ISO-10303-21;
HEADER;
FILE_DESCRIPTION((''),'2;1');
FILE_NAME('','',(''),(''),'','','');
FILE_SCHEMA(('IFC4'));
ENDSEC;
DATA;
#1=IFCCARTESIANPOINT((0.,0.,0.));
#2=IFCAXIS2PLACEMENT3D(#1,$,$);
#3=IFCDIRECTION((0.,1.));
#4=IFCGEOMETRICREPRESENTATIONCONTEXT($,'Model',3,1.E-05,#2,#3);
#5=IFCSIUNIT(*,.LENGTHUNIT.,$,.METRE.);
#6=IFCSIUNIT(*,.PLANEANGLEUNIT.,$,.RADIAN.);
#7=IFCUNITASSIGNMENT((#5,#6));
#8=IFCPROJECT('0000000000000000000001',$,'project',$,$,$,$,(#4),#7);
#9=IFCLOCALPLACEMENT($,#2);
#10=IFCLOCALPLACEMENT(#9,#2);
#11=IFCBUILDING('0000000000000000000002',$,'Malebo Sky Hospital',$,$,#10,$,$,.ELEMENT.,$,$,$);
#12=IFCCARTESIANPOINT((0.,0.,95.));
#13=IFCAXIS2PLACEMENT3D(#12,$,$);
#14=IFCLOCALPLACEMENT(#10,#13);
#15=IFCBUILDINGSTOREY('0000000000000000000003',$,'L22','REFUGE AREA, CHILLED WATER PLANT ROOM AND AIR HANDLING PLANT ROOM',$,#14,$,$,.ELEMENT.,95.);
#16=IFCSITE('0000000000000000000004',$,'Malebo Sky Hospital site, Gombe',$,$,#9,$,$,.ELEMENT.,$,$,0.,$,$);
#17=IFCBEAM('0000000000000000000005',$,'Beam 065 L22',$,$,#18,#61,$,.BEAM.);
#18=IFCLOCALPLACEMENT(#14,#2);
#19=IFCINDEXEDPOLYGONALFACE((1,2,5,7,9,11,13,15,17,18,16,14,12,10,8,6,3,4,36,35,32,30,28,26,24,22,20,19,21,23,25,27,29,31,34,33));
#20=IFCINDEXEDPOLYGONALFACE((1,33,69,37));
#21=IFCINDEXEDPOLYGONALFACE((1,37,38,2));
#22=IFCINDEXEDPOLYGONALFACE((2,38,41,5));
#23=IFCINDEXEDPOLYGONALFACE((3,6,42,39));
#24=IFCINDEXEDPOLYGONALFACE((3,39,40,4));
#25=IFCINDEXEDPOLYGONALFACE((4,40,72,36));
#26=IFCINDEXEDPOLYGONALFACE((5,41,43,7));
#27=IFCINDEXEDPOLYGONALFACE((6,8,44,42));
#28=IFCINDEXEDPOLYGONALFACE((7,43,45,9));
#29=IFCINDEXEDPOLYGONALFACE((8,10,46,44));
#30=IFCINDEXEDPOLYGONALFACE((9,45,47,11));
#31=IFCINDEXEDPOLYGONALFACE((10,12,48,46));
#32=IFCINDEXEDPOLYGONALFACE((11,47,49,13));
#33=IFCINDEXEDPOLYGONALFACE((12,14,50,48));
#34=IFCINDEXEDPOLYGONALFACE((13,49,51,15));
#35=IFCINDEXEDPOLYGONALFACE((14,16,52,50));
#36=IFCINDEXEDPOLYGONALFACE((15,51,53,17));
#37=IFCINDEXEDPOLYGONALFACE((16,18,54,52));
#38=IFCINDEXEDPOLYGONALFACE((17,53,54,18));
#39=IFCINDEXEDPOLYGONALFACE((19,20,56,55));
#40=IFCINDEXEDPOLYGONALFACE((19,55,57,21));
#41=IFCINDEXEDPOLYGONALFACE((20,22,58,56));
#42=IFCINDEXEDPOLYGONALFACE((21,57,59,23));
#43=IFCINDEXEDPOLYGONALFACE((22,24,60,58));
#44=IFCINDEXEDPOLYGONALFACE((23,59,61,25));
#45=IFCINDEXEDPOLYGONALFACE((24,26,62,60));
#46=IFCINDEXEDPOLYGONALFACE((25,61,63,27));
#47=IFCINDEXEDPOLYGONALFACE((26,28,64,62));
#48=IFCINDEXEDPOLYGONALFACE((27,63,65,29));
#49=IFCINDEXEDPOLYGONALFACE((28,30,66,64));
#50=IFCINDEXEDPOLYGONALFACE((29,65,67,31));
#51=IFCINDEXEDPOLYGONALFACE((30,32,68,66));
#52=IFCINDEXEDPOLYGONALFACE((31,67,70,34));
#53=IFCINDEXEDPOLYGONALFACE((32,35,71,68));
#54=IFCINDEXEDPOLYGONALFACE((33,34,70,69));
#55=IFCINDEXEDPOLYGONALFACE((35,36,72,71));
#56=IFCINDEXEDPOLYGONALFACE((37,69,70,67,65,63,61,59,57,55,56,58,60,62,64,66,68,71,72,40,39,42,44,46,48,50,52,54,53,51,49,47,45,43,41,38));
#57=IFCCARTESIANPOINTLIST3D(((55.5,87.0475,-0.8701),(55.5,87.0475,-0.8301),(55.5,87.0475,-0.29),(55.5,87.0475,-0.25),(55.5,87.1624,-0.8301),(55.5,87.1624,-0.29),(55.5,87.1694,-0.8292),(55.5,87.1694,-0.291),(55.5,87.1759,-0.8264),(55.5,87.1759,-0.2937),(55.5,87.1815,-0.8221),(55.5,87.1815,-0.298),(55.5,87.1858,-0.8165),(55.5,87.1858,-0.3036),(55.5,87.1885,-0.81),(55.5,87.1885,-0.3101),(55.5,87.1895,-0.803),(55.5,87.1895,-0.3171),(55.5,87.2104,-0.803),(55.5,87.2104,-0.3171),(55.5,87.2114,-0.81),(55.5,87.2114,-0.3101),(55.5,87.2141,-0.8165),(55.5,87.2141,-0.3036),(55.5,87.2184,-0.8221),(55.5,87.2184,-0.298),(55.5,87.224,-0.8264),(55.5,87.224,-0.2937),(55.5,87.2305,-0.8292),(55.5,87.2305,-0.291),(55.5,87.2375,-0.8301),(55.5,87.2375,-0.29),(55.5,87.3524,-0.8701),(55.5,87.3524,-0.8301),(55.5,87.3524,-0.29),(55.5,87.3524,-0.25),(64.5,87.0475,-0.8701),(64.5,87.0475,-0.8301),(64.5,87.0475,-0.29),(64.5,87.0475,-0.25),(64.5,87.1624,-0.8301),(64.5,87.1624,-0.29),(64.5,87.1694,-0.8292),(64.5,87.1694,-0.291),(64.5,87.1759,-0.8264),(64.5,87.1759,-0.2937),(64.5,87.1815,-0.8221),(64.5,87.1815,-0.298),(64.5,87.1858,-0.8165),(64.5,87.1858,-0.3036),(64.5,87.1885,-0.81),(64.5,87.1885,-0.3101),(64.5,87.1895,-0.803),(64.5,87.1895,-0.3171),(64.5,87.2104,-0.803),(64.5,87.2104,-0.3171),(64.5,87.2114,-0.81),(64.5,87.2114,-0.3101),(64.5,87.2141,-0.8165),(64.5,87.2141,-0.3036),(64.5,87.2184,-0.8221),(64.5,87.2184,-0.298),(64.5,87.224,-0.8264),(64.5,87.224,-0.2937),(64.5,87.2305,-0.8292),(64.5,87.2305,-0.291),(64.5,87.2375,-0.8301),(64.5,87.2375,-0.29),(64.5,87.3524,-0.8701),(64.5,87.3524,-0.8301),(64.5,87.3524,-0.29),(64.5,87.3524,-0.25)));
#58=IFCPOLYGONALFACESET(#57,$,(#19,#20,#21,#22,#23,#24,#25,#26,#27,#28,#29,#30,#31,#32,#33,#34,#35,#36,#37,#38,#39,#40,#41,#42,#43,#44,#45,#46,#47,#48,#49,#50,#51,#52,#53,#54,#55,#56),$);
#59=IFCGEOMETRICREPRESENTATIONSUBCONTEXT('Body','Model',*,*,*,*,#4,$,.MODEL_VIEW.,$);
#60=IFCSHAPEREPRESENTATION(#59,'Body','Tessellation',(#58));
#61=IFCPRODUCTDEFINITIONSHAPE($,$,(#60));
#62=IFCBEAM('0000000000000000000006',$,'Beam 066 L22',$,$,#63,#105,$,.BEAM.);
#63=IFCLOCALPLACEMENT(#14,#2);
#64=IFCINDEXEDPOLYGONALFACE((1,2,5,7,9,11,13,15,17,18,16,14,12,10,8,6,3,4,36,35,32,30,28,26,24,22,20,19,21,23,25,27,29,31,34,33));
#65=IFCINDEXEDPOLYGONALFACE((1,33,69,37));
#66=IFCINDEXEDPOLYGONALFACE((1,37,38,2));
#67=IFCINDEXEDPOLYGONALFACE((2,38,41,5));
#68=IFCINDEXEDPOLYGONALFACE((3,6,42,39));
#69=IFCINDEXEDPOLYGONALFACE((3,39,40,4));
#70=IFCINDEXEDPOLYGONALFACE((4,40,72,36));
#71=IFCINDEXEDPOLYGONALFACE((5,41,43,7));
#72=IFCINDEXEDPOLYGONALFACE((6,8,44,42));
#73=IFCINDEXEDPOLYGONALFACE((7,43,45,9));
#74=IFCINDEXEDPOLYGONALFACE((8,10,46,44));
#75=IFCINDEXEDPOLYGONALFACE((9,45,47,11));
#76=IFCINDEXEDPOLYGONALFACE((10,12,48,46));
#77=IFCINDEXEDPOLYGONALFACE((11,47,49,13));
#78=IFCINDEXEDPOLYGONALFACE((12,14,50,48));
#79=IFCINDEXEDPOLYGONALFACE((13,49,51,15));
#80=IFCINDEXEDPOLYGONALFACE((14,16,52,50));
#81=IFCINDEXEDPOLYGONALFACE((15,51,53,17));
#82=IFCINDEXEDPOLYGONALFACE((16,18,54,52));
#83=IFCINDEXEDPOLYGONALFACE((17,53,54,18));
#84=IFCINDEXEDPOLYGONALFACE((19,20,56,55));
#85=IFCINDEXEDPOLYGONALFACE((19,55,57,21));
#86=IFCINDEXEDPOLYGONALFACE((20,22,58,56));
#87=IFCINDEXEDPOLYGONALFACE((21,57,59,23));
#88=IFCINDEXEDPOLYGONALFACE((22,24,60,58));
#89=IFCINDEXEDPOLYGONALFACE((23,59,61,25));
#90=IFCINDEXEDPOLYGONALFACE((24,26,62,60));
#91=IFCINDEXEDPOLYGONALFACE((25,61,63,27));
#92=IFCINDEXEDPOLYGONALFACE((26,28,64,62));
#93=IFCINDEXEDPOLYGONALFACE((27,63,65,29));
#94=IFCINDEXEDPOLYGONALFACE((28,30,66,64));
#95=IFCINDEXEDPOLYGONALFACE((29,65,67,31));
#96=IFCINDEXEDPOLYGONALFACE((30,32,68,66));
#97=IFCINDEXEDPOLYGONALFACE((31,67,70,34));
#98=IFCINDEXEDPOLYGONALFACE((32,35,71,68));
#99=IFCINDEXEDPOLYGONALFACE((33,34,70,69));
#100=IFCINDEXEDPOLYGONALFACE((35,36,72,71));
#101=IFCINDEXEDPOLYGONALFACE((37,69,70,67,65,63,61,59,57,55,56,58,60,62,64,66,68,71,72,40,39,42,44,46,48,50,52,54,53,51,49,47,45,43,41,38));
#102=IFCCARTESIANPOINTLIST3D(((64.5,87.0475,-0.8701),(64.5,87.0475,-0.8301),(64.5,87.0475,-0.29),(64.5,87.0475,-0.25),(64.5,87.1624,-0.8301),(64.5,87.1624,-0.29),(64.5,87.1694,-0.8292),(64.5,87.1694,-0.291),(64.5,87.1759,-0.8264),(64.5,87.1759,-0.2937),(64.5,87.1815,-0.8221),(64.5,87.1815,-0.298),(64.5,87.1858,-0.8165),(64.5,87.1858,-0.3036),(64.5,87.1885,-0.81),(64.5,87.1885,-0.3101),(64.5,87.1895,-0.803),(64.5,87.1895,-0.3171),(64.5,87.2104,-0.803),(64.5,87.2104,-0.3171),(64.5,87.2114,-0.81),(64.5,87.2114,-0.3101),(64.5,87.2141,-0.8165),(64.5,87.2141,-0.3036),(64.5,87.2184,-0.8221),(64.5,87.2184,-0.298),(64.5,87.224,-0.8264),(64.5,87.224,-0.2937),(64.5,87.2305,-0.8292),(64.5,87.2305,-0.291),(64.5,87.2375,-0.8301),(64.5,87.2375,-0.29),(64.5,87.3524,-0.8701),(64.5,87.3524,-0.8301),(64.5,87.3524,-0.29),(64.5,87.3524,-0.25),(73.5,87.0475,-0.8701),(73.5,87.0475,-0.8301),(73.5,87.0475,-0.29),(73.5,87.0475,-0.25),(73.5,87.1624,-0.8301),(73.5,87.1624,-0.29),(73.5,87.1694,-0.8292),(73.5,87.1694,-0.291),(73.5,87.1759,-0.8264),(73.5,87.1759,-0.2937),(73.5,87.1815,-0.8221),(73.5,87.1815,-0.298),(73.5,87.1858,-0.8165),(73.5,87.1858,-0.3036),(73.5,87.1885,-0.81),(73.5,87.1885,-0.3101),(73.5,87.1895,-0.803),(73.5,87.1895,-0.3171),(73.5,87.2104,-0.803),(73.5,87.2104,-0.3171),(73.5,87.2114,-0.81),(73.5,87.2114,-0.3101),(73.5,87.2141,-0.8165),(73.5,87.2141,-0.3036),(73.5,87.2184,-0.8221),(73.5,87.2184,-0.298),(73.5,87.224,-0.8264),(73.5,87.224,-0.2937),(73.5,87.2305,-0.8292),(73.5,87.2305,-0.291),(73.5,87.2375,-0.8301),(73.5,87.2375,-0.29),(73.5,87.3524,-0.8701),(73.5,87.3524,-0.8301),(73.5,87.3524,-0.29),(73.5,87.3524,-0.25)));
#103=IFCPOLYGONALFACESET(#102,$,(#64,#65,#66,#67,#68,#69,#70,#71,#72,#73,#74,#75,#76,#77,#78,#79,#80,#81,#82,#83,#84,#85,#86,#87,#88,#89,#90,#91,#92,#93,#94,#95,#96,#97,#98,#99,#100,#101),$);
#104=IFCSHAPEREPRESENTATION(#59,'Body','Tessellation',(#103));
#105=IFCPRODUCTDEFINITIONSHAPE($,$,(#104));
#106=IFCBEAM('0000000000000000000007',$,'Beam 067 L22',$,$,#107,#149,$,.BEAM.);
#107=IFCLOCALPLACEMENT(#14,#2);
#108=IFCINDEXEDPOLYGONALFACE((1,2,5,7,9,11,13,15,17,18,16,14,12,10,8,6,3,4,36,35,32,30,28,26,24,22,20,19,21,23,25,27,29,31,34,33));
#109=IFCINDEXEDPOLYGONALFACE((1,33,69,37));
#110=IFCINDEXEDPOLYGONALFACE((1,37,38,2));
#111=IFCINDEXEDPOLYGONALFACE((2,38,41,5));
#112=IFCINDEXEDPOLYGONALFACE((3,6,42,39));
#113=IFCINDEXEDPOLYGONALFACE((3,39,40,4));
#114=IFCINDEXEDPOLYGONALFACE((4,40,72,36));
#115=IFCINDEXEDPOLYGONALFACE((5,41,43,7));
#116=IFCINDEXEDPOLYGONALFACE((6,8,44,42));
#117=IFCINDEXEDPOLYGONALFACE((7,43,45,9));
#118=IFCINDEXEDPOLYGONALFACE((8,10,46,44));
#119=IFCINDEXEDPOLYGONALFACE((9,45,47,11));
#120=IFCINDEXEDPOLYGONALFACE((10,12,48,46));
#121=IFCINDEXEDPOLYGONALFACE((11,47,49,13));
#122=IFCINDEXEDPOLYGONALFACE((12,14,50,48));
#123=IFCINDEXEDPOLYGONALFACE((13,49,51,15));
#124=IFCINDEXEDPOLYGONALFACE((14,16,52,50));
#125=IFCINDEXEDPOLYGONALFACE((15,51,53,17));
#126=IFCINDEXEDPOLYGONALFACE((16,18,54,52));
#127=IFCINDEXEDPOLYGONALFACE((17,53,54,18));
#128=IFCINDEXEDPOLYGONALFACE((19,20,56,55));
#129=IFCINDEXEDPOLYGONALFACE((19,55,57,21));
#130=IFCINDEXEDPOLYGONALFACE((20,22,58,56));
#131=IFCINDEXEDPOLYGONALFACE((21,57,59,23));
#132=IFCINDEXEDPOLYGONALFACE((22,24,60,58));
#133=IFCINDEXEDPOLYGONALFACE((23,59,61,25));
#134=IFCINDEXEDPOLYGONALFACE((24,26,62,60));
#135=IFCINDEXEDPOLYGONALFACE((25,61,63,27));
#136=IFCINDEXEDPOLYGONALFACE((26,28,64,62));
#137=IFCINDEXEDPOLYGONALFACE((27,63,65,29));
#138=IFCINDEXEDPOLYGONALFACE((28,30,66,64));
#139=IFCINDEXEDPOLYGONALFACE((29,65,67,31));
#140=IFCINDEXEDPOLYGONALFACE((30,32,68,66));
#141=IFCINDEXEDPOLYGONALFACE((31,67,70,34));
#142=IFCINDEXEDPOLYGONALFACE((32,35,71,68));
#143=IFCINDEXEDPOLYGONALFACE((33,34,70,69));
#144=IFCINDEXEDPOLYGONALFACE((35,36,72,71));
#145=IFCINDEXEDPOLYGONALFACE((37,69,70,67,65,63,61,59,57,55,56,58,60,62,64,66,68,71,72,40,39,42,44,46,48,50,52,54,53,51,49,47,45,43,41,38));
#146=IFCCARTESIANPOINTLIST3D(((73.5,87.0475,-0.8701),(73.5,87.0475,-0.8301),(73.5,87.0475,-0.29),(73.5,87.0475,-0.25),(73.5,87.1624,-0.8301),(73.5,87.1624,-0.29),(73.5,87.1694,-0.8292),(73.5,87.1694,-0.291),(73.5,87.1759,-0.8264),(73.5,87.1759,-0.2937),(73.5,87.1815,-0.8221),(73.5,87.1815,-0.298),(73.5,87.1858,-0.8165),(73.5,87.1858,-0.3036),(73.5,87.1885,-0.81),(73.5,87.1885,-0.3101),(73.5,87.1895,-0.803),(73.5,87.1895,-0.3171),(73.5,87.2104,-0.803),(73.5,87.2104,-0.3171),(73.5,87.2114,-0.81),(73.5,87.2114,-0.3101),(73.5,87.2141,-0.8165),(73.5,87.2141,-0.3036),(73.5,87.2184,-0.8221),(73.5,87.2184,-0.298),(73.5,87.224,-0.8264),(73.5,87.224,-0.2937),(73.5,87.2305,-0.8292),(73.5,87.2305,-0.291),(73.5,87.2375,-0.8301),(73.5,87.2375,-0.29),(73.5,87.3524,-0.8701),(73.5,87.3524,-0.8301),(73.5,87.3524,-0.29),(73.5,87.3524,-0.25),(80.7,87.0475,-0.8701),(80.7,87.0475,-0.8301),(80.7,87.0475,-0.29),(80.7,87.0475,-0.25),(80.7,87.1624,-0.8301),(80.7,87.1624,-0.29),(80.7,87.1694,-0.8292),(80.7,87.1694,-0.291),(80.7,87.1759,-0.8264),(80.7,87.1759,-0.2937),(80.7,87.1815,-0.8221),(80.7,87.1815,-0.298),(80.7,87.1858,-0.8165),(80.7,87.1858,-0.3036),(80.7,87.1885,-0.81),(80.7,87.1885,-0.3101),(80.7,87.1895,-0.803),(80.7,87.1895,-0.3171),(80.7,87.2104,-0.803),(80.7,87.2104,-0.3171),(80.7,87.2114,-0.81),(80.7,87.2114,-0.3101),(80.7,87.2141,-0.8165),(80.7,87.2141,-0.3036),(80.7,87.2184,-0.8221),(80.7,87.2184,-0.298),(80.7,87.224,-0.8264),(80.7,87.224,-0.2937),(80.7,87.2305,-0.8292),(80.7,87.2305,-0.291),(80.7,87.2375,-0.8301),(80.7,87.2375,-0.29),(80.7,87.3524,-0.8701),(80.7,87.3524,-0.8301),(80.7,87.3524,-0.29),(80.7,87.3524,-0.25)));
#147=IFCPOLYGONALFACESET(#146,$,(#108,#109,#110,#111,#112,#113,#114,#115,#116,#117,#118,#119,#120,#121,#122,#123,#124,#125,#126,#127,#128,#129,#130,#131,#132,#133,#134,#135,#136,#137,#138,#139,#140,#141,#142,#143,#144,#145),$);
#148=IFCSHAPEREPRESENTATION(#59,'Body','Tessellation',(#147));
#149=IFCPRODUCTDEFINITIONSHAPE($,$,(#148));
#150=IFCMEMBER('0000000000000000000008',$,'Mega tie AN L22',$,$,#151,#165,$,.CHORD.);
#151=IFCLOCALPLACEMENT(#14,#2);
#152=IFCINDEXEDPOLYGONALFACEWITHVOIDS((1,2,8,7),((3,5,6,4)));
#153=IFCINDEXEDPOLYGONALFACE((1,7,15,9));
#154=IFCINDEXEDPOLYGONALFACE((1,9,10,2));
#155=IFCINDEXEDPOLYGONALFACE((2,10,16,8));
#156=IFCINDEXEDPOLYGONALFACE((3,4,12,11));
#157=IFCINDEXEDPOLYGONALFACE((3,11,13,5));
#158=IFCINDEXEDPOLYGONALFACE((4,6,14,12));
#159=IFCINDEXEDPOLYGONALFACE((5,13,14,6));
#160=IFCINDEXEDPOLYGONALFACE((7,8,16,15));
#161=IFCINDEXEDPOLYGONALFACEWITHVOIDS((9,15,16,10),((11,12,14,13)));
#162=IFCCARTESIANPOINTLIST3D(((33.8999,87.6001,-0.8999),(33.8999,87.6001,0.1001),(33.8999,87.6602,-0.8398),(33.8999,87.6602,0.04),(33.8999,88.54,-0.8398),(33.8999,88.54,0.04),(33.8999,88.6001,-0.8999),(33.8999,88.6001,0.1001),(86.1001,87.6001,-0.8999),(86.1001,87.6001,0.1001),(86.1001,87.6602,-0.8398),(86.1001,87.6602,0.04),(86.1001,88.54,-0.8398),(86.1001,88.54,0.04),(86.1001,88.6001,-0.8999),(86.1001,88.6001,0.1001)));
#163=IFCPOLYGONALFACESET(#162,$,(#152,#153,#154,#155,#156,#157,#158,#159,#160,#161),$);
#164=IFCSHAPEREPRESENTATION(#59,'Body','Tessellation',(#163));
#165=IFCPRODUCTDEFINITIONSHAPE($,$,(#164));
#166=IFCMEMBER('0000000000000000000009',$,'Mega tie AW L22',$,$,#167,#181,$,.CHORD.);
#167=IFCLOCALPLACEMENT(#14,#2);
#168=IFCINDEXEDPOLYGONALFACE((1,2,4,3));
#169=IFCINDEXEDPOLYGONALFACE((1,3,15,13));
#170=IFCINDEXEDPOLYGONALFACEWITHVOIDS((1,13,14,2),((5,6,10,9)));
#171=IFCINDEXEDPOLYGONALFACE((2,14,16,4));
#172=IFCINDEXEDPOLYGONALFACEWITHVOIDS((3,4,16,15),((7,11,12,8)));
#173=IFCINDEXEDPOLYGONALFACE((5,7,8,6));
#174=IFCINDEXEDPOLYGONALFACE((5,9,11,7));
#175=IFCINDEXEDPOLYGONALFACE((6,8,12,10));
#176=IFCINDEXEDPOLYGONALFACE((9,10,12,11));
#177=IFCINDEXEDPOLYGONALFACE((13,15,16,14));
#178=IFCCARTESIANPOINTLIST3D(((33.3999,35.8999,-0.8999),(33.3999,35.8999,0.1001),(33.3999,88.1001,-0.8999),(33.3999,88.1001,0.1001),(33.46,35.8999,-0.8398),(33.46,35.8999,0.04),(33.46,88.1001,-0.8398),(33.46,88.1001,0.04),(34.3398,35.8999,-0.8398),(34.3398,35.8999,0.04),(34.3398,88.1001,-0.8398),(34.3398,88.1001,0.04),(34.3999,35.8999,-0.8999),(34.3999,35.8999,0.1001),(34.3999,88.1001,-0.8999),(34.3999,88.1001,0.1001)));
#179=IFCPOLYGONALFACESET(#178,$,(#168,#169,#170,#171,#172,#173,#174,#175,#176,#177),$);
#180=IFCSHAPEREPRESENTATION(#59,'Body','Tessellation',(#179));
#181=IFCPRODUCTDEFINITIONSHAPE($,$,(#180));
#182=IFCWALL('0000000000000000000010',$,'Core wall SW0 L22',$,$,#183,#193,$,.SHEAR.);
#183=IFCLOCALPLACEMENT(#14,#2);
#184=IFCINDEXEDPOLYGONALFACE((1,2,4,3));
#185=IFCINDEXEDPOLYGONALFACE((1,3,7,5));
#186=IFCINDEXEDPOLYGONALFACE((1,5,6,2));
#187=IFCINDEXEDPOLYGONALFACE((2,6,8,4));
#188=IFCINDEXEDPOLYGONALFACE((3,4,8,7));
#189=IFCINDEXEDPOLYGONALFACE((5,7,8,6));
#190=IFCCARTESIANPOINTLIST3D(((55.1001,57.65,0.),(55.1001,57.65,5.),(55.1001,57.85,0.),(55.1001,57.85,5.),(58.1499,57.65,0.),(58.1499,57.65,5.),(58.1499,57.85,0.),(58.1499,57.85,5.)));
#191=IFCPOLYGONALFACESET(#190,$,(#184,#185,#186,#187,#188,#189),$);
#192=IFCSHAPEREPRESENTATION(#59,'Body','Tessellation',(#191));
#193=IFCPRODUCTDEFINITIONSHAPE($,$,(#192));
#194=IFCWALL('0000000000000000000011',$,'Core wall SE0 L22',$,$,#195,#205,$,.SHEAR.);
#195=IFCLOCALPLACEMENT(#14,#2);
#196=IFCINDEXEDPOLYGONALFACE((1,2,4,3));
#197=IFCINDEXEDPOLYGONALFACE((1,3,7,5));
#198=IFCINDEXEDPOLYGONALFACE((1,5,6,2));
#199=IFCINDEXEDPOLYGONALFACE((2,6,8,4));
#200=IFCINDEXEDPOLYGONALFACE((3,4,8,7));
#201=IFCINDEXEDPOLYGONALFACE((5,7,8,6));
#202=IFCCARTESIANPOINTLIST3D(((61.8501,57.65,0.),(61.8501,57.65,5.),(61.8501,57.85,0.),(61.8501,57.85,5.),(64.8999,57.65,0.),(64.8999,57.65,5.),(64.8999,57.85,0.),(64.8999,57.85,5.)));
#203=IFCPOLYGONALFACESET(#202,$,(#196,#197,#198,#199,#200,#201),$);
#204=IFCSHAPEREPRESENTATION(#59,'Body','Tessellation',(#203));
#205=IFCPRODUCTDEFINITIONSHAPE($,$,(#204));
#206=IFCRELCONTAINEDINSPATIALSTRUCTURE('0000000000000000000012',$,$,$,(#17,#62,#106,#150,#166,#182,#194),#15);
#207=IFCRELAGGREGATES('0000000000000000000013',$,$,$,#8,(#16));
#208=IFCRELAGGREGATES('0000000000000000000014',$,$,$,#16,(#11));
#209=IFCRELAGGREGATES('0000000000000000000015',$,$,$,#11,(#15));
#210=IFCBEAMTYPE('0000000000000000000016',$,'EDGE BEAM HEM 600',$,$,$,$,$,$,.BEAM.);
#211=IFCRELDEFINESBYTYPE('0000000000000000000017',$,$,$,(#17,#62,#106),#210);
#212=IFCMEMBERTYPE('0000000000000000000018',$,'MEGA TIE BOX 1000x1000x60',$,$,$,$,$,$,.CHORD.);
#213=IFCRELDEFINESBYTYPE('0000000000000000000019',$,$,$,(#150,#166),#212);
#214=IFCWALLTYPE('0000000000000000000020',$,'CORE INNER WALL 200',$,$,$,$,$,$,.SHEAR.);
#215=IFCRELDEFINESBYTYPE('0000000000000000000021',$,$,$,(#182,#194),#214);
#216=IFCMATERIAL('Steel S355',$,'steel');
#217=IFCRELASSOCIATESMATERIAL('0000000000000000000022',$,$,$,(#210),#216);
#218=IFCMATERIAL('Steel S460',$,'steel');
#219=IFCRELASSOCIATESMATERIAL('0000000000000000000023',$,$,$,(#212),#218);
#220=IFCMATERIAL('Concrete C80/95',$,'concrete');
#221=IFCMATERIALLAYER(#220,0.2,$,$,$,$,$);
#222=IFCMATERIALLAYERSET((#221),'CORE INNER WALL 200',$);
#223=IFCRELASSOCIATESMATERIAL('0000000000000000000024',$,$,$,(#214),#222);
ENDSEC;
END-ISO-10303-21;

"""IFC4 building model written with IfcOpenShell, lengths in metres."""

from ifc_helpers import new_model, si_unit, direction, frame, frame_2d, origin, origin_2d, place, context, subcontext, project, spatial, rectangle, hollow_rectangle, i_section, extrude, material, layer, layer_set, material_profile, profile_set, type_object, element, save


model = new_model("IFC4")

# Units and contexts
model_context = context("Model", 3, precision=1e-05, world=origin(), true_north=direction((0.0, 1.0)))
body_context = subcontext(model_context, "Body", "Model", "MODEL_VIEW")
ifc_project = project(units=[si_unit("LENGTHUNIT", "METRE"), si_unit("PLANEANGLEUNIT", "RADIAN")], contexts=[model_context])

# Site, building, storey
site_placement = place(None, origin())
site = spatial("IfcSite", under=ifc_project, at=site_placement, Name="Malebo Sky Hospital site, Gombe", CompositionType="ELEMENT", RefElevation=0.0)
building_placement = place(site_placement, origin())
building = spatial("IfcBuilding", under=site, at=building_placement, Name="Malebo Sky Hospital", CompositionType="ELEMENT")
storey_placement = place(building_placement, frame((0.0, 0.0, 95.0)))
storey = spatial("IfcBuildingStorey", under=building, at=storey_placement, Name="L22", Description="REFUGE AREA, CHILLED WATER PLANT ROOM AND AIR HANDLING PLANT ROOM", CompositionType="ELEMENT", Elevation=95.0)

# Shared definitions
ifc_material_1 = material(Name="Steel S460", Category="steel")

# Beams
ifc_material_2 = material(Name="Steel S355", Category="steel")
ifc_material_profile_1 = material_profile(ifc_material_2, i_section(OverallWidth=0.3049, OverallDepth=0.6201, WebThickness=0.021, FlangeThickness=0.04, FilletRadius=0.0271, at=origin_2d()), Name="HEM 600")
ifc_profile_set_1 = profile_set([ifc_material_profile_1], Name="Steel S355")
beam_type = type_object("IfcBeamType", Name="EDGE BEAM HEM 600", PredefinedType="BEAM", material=ifc_profile_set_1)
for number, where, z_axis, x_axis, name in (
    (1, (55.5, 87.2, -0.5601), (1.0, 0.0, 0.0), (0.0, 1.0, 0.0), "Beam 065 L22"),
    (2, (64.5, 87.2, -0.5601), (1.0, 0.0, 0.0), (0.0, 1.0, 0.0), "Beam 066 L22"),
):
    element("IfcBeam", number, at=place(storey_placement, frame(where, z_axis=z_axis, x_axis=x_axis)), inside=storey, type_object=beam_type, Name=name, PredefinedType="BEAM", context=body_context, shape_type="SweptSolid", body=[
        extrude(i_section(OverallWidth=0.3049, OverallDepth=0.6201, WebThickness=0.021, FlangeThickness=0.04, FilletRadius=0.0271, at=origin_2d()), origin(), (0.0, 0.0, 1.0), 9.0),
    ])
beam_1_placement = place(storey_placement, frame((73.5, 87.2, -0.5601), z_axis=(1.0, 0.0, 0.0), x_axis=(0.0, 1.0, 0.0)))
element("IfcBeam", 3, at=beam_1_placement, inside=storey, type_object=beam_type, Name="Beam 067 L22", PredefinedType="BEAM", context=body_context, shape_type="SweptSolid", body=[
    extrude(i_section(OverallWidth=0.3049, OverallDepth=0.6201, WebThickness=0.021, FlangeThickness=0.04, FilletRadius=0.0271, at=origin_2d()), origin(), (0.0, 0.0, 1.0), 7.2),
])

# Members
ifc_material_profile_2 = material_profile(ifc_material_1, hollow_rectangle(XDim=1.0, YDim=1.0, WallThickness=0.0601, at=origin_2d()), Name="BOX 1000x1000x60")
ifc_profile_set_2 = profile_set([ifc_material_profile_2], Name="Steel S460")
member_type_1 = type_object("IfcMemberType", Name="MEGA TIE BOX 1000x1000x60", PredefinedType="CHORD", material=ifc_profile_set_2)
for number, where, z_axis, x_axis, name in (
    (4, (86.1001, 88.1001, -0.3999), (-1.0, 0.0, 0.0), (0.0, -1.0, 0.0), "Mega tie AN L22"),
    (5, (33.8999, 88.1001, -0.3999), (0.0, -1.0, 0.0), (1.0, 0.0, 0.0), "Mega tie AW L22"),
):
    element("IfcMember", number, at=place(storey_placement, frame(where, z_axis=z_axis, x_axis=x_axis)), inside=storey, type_object=member_type_1, Name=name, PredefinedType="CHORD", context=body_context, shape_type="SweptSolid", body=[
        extrude(hollow_rectangle(XDim=1.0, YDim=1.0, WallThickness=0.0601, at=origin_2d()), origin(), (0.0, 0.0, 1.0), 52.2002),
    ])

# Walls
ifc_material_3 = material(Name="Concrete C80/95", Category="concrete")
ifc_layer_1 = layer(ifc_material_3, 0.2)
ifc_layer_set_1 = layer_set([ifc_layer_1], Name="CORE INNER WALL 200")
wall_type_1 = type_object("IfcWallType", Name="CORE INNER WALL 200", PredefinedType="SHEAR", material=ifc_layer_set_1)
for number, where, z_axis, x_axis, name in (
    (6, (55.1001, 57.75, 0.0), (0.0, 0.0, 1.0), (1.0, 0.0, 0.0), "Core wall SW0 L22"),
    (7, (61.8501, 57.75, 0.0), (0.0, 0.0, 1.0), (1.0, 0.0, 0.0), "Core wall SE0 L22"),
):
    element("IfcWall", number, at=place(storey_placement, frame(where, z_axis=z_axis, x_axis=x_axis)), inside=storey, type_object=wall_type_1, Name=name, PredefinedType="SHEAR", context=body_context, shape_type="SweptSolid", body=[
        extrude(rectangle(XDim=3.0498, YDim=0.2, at=frame_2d((1.5249, 0.0))), origin(), (0.0, 0.0, 1.0), 5.0),
    ])

save(model, "model.ifc")
